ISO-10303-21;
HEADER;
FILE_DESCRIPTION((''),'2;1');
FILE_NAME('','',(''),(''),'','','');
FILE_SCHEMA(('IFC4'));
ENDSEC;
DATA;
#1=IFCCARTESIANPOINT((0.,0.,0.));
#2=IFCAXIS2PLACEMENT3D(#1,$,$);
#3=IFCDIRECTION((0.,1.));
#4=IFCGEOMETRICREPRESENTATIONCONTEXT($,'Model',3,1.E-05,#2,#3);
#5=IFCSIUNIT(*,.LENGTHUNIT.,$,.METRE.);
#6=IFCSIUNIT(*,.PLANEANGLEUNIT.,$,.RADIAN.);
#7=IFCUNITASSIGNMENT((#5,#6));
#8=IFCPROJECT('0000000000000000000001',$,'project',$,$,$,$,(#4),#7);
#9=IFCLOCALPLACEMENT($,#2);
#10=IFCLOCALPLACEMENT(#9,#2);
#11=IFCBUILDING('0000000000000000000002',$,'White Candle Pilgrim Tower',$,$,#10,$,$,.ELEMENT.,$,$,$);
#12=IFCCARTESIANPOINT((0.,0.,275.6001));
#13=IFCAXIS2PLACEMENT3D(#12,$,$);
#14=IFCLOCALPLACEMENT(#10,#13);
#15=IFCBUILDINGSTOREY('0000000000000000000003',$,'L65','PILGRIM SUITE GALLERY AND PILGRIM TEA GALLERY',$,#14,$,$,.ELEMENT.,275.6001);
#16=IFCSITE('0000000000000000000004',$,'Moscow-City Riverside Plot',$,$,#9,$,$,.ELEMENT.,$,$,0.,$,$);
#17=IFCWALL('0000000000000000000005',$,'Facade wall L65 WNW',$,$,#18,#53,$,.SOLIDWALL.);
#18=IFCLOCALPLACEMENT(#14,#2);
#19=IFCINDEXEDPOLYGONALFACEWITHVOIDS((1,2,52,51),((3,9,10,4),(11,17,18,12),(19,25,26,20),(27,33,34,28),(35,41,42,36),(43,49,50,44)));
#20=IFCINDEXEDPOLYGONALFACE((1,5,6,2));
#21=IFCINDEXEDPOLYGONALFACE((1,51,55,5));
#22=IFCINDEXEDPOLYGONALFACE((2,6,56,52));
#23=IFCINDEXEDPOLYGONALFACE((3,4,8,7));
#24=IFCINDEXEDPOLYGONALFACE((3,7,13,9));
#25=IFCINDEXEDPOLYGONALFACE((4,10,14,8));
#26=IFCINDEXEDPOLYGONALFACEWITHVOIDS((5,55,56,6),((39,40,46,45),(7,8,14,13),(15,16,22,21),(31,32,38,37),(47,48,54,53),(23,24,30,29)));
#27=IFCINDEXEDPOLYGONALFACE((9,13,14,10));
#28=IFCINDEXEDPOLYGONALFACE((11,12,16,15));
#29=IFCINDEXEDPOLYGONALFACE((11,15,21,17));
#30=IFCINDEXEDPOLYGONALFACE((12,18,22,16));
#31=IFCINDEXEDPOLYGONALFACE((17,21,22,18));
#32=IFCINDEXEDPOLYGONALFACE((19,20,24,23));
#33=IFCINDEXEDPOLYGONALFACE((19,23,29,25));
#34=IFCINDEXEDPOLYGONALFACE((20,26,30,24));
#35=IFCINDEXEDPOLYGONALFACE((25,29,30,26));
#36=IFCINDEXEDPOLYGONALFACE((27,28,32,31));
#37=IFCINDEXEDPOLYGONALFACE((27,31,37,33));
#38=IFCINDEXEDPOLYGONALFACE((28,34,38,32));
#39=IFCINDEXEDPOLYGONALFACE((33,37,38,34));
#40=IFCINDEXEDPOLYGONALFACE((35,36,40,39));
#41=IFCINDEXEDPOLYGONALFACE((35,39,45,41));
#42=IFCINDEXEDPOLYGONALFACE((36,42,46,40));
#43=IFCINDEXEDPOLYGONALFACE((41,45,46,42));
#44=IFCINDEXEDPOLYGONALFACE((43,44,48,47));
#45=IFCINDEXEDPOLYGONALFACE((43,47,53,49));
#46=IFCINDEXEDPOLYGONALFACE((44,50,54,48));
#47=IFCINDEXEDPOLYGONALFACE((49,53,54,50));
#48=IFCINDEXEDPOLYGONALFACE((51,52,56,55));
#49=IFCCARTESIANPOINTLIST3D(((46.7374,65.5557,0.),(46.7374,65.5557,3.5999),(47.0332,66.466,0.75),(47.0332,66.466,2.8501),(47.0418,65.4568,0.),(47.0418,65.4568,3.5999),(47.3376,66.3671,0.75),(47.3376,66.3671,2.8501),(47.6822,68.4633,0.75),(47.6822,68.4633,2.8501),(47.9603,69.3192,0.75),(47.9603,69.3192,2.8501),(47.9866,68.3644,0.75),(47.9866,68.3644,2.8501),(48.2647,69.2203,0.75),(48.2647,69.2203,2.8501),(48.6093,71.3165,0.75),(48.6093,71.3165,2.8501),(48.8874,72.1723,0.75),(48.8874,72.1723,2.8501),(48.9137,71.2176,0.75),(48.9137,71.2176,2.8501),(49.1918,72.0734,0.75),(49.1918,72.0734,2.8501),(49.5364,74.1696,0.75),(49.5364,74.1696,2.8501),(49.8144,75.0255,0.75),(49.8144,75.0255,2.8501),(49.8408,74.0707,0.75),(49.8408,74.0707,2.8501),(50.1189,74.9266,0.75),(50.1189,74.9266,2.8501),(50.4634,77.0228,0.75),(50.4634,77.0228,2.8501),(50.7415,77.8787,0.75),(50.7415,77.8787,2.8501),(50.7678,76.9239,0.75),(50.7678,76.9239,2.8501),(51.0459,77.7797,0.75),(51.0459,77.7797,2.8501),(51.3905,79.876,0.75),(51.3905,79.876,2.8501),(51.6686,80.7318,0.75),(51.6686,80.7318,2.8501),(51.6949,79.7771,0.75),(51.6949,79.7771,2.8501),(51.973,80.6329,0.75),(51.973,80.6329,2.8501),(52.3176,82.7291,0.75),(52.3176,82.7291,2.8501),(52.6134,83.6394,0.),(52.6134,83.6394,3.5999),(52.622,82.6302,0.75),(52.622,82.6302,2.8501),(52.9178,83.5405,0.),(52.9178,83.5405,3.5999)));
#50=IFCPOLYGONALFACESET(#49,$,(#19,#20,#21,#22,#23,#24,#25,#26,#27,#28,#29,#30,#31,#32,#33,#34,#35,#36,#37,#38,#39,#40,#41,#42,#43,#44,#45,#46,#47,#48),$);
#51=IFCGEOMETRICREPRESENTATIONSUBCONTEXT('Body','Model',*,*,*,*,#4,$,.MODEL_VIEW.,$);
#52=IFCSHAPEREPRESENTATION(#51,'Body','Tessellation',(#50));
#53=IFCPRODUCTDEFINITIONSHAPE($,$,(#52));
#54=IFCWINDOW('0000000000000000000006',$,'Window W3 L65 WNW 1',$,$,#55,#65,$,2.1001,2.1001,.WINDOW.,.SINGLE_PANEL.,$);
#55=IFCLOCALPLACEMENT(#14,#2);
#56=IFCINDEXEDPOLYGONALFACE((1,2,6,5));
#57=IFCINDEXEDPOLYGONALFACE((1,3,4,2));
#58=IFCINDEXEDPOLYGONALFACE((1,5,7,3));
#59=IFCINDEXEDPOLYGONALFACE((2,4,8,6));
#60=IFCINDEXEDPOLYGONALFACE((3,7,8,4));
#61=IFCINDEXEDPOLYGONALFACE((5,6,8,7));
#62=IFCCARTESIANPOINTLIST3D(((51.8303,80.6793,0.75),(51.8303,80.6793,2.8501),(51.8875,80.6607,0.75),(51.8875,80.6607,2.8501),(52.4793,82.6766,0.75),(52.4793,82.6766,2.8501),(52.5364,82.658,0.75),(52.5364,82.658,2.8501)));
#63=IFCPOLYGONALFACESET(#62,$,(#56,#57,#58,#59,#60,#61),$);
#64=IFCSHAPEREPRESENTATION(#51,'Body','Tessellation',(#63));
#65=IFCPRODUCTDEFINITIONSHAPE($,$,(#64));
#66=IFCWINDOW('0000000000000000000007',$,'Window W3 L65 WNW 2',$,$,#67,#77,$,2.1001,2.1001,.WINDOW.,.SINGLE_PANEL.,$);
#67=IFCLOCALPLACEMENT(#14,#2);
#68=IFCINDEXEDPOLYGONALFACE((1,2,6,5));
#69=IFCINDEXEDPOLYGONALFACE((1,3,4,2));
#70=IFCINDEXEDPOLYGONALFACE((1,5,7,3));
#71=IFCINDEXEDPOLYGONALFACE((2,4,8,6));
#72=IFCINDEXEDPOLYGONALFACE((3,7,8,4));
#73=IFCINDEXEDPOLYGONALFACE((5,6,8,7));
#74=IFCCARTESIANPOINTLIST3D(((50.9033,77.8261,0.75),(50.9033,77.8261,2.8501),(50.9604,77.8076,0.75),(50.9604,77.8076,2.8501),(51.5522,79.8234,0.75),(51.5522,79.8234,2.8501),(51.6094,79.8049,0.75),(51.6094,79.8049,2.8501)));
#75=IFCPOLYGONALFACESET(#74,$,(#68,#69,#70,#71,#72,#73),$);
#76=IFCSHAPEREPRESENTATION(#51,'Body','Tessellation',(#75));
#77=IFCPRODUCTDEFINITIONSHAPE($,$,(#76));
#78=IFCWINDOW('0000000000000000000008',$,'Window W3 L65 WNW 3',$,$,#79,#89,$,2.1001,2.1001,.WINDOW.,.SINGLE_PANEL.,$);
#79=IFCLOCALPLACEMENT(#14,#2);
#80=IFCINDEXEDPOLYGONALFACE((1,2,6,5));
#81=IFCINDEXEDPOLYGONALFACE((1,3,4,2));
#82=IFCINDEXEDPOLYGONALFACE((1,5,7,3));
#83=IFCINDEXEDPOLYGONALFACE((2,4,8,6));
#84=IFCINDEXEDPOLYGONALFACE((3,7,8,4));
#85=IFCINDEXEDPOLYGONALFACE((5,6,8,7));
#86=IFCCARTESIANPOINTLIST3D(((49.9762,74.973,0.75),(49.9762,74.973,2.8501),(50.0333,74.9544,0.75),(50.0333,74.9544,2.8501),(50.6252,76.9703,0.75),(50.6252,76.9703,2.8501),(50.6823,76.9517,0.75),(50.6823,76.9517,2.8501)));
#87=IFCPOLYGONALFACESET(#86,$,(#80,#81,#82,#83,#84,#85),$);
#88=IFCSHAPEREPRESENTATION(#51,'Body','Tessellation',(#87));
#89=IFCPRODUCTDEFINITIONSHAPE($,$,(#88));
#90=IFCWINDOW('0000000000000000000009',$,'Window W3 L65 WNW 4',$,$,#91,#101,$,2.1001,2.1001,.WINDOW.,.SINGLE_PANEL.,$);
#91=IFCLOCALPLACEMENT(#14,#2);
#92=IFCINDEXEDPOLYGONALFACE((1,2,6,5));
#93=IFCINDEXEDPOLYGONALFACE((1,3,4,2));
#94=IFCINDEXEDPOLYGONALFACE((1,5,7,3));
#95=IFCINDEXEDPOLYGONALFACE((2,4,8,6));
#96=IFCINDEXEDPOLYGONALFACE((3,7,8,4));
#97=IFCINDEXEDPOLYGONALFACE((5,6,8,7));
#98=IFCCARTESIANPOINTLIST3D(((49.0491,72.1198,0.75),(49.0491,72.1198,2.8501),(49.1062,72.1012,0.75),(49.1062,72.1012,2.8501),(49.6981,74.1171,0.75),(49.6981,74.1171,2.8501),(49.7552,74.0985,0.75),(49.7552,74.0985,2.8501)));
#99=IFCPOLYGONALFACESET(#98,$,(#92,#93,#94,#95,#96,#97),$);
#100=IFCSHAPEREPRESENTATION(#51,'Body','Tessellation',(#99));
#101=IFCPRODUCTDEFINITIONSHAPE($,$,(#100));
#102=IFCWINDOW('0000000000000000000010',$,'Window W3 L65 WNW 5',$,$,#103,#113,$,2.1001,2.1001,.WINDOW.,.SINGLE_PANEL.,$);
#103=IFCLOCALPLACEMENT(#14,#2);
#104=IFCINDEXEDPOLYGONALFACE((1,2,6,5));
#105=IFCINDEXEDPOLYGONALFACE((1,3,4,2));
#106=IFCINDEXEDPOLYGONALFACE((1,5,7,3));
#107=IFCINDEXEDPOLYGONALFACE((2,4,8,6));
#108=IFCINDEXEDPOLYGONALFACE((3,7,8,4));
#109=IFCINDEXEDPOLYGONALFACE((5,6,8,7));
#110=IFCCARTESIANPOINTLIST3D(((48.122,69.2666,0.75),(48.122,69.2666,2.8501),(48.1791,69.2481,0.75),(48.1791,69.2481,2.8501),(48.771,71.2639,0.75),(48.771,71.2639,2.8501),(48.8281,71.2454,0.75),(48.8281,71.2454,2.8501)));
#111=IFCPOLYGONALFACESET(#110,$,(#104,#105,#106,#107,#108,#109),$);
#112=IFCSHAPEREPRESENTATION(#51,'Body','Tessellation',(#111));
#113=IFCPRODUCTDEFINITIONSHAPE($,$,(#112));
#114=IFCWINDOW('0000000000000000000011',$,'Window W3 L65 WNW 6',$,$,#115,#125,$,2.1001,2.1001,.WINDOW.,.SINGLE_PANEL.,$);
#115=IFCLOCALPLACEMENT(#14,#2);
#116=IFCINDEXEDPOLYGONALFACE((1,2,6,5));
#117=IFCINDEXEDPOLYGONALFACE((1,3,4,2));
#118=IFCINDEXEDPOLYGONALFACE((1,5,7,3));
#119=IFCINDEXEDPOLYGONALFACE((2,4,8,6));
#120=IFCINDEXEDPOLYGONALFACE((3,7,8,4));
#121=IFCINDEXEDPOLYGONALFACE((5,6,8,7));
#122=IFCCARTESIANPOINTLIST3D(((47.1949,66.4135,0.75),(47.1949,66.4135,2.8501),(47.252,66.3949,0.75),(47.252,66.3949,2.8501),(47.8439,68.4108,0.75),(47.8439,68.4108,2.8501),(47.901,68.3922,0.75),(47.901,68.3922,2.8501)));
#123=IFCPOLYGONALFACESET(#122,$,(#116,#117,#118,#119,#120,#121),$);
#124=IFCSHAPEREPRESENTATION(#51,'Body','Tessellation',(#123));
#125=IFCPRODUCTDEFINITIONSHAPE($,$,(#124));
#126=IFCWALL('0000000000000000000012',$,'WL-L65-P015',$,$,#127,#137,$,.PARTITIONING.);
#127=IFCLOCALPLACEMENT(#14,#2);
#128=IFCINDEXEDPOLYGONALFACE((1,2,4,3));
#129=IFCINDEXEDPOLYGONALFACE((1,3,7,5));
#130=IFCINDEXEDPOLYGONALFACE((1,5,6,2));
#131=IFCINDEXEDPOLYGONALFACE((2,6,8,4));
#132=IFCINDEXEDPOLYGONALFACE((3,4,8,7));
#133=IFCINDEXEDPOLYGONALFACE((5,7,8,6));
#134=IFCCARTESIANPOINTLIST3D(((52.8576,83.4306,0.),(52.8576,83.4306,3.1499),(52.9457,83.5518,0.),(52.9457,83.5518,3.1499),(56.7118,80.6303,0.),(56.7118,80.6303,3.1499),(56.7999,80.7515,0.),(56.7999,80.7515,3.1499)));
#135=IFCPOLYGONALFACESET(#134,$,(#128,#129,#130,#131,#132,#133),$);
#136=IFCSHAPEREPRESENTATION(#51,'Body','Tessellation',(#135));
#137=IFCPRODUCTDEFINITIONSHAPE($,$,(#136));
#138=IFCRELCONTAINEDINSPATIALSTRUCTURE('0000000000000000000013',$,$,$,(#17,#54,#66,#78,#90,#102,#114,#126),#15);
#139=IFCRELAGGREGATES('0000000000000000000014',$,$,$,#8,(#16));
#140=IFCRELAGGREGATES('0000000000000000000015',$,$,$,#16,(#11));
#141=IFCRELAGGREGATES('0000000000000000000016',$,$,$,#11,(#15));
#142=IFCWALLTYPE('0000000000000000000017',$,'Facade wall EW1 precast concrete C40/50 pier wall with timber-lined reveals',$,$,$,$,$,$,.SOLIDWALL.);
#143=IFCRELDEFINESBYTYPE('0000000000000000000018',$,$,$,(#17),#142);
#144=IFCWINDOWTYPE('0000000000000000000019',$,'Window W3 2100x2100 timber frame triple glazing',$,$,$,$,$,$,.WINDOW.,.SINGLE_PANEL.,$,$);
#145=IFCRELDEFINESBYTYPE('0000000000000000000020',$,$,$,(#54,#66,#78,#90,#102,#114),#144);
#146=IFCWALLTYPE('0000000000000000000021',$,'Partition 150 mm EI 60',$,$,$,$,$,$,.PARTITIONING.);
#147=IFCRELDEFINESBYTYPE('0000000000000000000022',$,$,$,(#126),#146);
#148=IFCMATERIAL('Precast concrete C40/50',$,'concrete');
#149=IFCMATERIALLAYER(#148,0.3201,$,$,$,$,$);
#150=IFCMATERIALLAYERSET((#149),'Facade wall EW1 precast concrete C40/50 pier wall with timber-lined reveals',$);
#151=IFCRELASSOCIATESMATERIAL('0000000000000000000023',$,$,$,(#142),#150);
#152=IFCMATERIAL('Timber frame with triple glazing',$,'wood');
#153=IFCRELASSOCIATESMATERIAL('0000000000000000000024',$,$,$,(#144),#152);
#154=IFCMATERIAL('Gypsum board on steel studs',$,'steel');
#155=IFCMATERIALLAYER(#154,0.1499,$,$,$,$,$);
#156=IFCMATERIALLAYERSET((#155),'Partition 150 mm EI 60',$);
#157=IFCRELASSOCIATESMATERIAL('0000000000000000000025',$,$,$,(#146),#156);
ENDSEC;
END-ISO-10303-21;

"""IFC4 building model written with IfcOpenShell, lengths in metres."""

from ifc_helpers import new_model, si_unit, direction, frame, frame_2d, origin, place, context, subcontext, project, spatial, rectangle, extrude, material, layer, layer_set, type_object, element, fill, save


model = new_model("IFC4")

# Units and contexts
model_context = context("Model", 3, precision=1e-05, world=origin(), true_north=direction((0.0, 1.0)))
body_context = subcontext(model_context, "Body", "Model", "MODEL_VIEW")
ifc_project = project(units=[si_unit("LENGTHUNIT", "METRE"), si_unit("PLANEANGLEUNIT", "RADIAN")], contexts=[model_context])

# Site, building, storey
site_placement = place(None, origin())
site = spatial("IfcSite", under=ifc_project, at=site_placement, Name="Moscow-City Riverside Plot", CompositionType="ELEMENT", RefElevation=0.0)
building_placement = place(site_placement, origin())
building = spatial("IfcBuilding", under=site, at=building_placement, Name="White Candle Pilgrim Tower", CompositionType="ELEMENT")
storey_placement = place(building_placement, frame((0.0, 0.0, 275.6001)))
storey = spatial("IfcBuildingStorey", under=building, at=storey_placement, Name="L65", Description="PILGRIM SUITE GALLERY AND PILGRIM TEA GALLERY", CompositionType="ELEMENT", Elevation=275.6001)

# Shared definitions
ifc_material_1 = material(Name="Precast concrete C40/50", Category="concrete")
ifc_layer_1 = layer(ifc_material_1, 0.3201)
ifc_layer_set_1 = layer_set([ifc_layer_1], Name="Facade wall EW1 precast concrete C40/50 pier wall with timber-lined reveals")
wall_type_1 = type_object("IfcWallType", Name="Facade wall EW1 precast concrete C40/50 pier wall with timber-lined reveals", PredefinedType="SOLIDWALL", material=ifc_layer_set_1)

# Shared definitions
ifc_material_2 = material(Name="Timber frame with triple glazing", Category="wood")

# Wall, openings, windows
wall_1_placement = place(storey_placement, frame((52.7656, 83.5901, 0.0), z_axis=(0.0, 0.0, 1.0), x_axis=(-0.309027, -0.951053, 0.0)))
wall_1 = element("IfcWall", 1, at=wall_1_placement, inside=storey, type_object=wall_type_1, Name="Facade wall L65 WNW", PredefinedType="SOLIDWALL", context=body_context, shape_type="SweptSolid", body=[
    extrude(rectangle(XDim=19.0144, YDim=0.3201, at=frame_2d((9.5073, 0.0))), origin(), (0.0, 0.0, 1.0), 3.5999),
])
opening_1_placement = place(wall_1_placement, frame((0.9573, 0.0, 0.75)))
opening_1 = element("IfcOpeningElement", 2, at=opening_1_placement, cuts=wall_1, PredefinedType="OPENING", context=body_context, shape_type="SweptSolid", body=[
    extrude(rectangle(XDim=2.1001, YDim=2.1001, at=frame_2d((1.05, 1.05))), frame((0.0, 0.1699, 0.0), z_axis=(0.0, -1.0, 0.0), x_axis=(1.0, 0.0, 0.0)), (0.0, 0.0, 1.0), 0.3401),
])
opening_2_placement = place(wall_1_placement, frame((3.9573, 0.0, 0.75)))
opening_2 = element("IfcOpeningElement", 3, at=opening_2_placement, cuts=wall_1, PredefinedType="OPENING", context=body_context, shape_type="SweptSolid", body=[
    extrude(rectangle(XDim=2.1001, YDim=2.1001, at=frame_2d((1.05, 1.05))), frame((0.0, 0.1699, 0.0), z_axis=(0.0, -1.0, 0.0), x_axis=(1.0, 0.0, 0.0)), (0.0, 0.0, 1.0), 0.3401),
])
opening_3_placement = place(wall_1_placement, frame((6.9573, 0.0, 0.75)))
opening_3 = element("IfcOpeningElement", 4, at=opening_3_placement, cuts=wall_1, PredefinedType="OPENING", context=body_context, shape_type="SweptSolid", body=[
    extrude(rectangle(XDim=2.1001, YDim=2.1001, at=frame_2d((1.05, 1.05))), frame((0.0, 0.1699, 0.0), z_axis=(0.0, -1.0, 0.0), x_axis=(1.0, 0.0, 0.0)), (0.0, 0.0, 1.0), 0.3401),
])
opening_4_placement = place(wall_1_placement, frame((9.9573, 0.0, 0.75)))
opening_4 = element("IfcOpeningElement", 5, at=opening_4_placement, cuts=wall_1, PredefinedType="OPENING", context=body_context, shape_type="SweptSolid", body=[
    extrude(rectangle(XDim=2.1001, YDim=2.1001, at=frame_2d((1.05, 1.05))), frame((0.0, 0.1699, 0.0), z_axis=(0.0, -1.0, 0.0), x_axis=(1.0, 0.0, 0.0)), (0.0, 0.0, 1.0), 0.3401),
])
opening_5_placement = place(wall_1_placement, frame((12.9573, 0.0, 0.75)))
opening_5 = element("IfcOpeningElement", 6, at=opening_5_placement, cuts=wall_1, PredefinedType="OPENING", context=body_context, shape_type="SweptSolid", body=[
    extrude(rectangle(XDim=2.1001, YDim=2.1001, at=frame_2d((1.05, 1.05))), frame((0.0, 0.1699, 0.0), z_axis=(0.0, -1.0, 0.0), x_axis=(1.0, 0.0, 0.0)), (0.0, 0.0, 1.0), 0.3401),
])
opening_6_placement = place(wall_1_placement, frame((15.9573, 0.0, 0.75)))
opening_6 = element("IfcOpeningElement", 7, at=opening_6_placement, cuts=wall_1, PredefinedType="OPENING", context=body_context, shape_type="SweptSolid", body=[
    extrude(rectangle(XDim=2.1001, YDim=2.1001, at=frame_2d((1.05, 1.05))), frame((0.0, 0.1699, 0.0), z_axis=(0.0, -1.0, 0.0), x_axis=(1.0, 0.0, 0.0)), (0.0, 0.0, 1.0), 0.3401),
])
window_type_1 = type_object("IfcWindowType", Name="Window W3 2100x2100 timber frame triple glazing", PartitioningType="SINGLE_PANEL", PredefinedType="WINDOW", material=ifc_material_2)
window_1_placement = place(opening_1_placement, origin())
window_1 = element("IfcWindow", 8, at=window_1_placement, inside=storey, type_object=window_type_1, Name="Window W3 L65 WNW 1", OverallHeight=2.1001, OverallWidth=2.1001, PartitioningType="SINGLE_PANEL", PredefinedType="WINDOW", context=body_context, shape_type="SweptSolid", body=[
    extrude(rectangle(XDim=2.1001, YDim=2.1001, at=frame_2d((1.05, 1.05))), frame((0.0, 0.0701, 0.0), z_axis=(0.0, -1.0, 0.0), x_axis=(1.0, 0.0, 0.0)), (0.0, 0.0, 1.0), 0.0601),
])
fill(opening_1, window_1)
window_2_placement = place(opening_2_placement, origin())
window_2 = element("IfcWindow", 9, at=window_2_placement, inside=storey, type_object=window_type_1, Name="Window W3 L65 WNW 2", OverallHeight=2.1001, OverallWidth=2.1001, PartitioningType="SINGLE_PANEL", PredefinedType="WINDOW", context=body_context, shape_type="SweptSolid", body=[
    extrude(rectangle(XDim=2.1001, YDim=2.1001, at=frame_2d((1.05, 1.05))), frame((0.0, 0.0701, 0.0), z_axis=(0.0, -1.0, 0.0), x_axis=(1.0, 0.0, 0.0)), (0.0, 0.0, 1.0), 0.0601),
])
fill(opening_2, window_2)
window_3_placement = place(opening_3_placement, origin())
window_3 = element("IfcWindow", 10, at=window_3_placement, inside=storey, type_object=window_type_1, Name="Window W3 L65 WNW 3", OverallHeight=2.1001, OverallWidth=2.1001, PartitioningType="SINGLE_PANEL", PredefinedType="WINDOW", context=body_context, shape_type="SweptSolid", body=[
    extrude(rectangle(XDim=2.1001, YDim=2.1001, at=frame_2d((1.05, 1.05))), frame((0.0, 0.0701, 0.0), z_axis=(0.0, -1.0, 0.0), x_axis=(1.0, 0.0, 0.0)), (0.0, 0.0, 1.0), 0.0601),
])
fill(opening_3, window_3)
window_4_placement = place(opening_4_placement, origin())
window_4 = element("IfcWindow", 11, at=window_4_placement, inside=storey, type_object=window_type_1, Name="Window W3 L65 WNW 4", OverallHeight=2.1001, OverallWidth=2.1001, PartitioningType="SINGLE_PANEL", PredefinedType="WINDOW", context=body_context, shape_type="SweptSolid", body=[
    extrude(rectangle(XDim=2.1001, YDim=2.1001, at=frame_2d((1.05, 1.05))), frame((0.0, 0.0701, 0.0), z_axis=(0.0, -1.0, 0.0), x_axis=(1.0, 0.0, 0.0)), (0.0, 0.0, 1.0), 0.0601),
])
fill(opening_4, window_4)
window_5_placement = place(opening_5_placement, origin())
window_5 = element("IfcWindow", 12, at=window_5_placement, inside=storey, type_object=window_type_1, Name="Window W3 L65 WNW 5", OverallHeight=2.1001, OverallWidth=2.1001, PartitioningType="SINGLE_PANEL", PredefinedType="WINDOW", context=body_context, shape_type="SweptSolid", body=[
    extrude(rectangle(XDim=2.1001, YDim=2.1001, at=frame_2d((1.05, 1.05))), frame((0.0, 0.0701, 0.0), z_axis=(0.0, -1.0, 0.0), x_axis=(1.0, 0.0, 0.0)), (0.0, 0.0, 1.0), 0.0601),
])
fill(opening_5, window_5)
window_6_placement = place(opening_6_placement, origin())
window_6 = element("IfcWindow", 13, at=window_6_placement, inside=storey, type_object=window_type_1, Name="Window W3 L65 WNW 6", OverallHeight=2.1001, OverallWidth=2.1001, PartitioningType="SINGLE_PANEL", PredefinedType="WINDOW", context=body_context, shape_type="SweptSolid", body=[
    extrude(rectangle(XDim=2.1001, YDim=2.1001, at=frame_2d((1.05, 1.05))), frame((0.0, 0.0701, 0.0), z_axis=(0.0, -1.0, 0.0), x_axis=(1.0, 0.0, 0.0)), (0.0, 0.0, 1.0), 0.0601),
])
fill(opening_6, window_6)

# Wall
ifc_material_3 = material(Name="Gypsum board on steel studs", Category="steel")
ifc_layer_2 = layer(ifc_material_3, 0.1499)
ifc_layer_set_2 = layer_set([ifc_layer_2], Name="Partition 150 mm EI 60")
wall_type_2 = type_object("IfcWallType", Name="Partition 150 mm EI 60", PredefinedType="PARTITIONING", material=ifc_layer_set_2)
wall_2_placement = place(storey_placement, frame((52.9016, 83.4912, 0.0), z_axis=(0.0, 0.0, 1.0), x_axis=(0.809015, -0.587788, 0.0)))
element("IfcWall", 14, at=wall_2_placement, inside=storey, type_object=wall_type_2, Name="WL-L65-P015", PredefinedType="PARTITIONING", context=body_context, shape_type="SweptSolid", body=[
    extrude(rectangle(XDim=4.7642, YDim=0.1499, at=frame_2d((2.3821, 0.0))), origin(), (0.0, 0.0, 1.0), 3.1499),
])

save(model, "model.ifc")
